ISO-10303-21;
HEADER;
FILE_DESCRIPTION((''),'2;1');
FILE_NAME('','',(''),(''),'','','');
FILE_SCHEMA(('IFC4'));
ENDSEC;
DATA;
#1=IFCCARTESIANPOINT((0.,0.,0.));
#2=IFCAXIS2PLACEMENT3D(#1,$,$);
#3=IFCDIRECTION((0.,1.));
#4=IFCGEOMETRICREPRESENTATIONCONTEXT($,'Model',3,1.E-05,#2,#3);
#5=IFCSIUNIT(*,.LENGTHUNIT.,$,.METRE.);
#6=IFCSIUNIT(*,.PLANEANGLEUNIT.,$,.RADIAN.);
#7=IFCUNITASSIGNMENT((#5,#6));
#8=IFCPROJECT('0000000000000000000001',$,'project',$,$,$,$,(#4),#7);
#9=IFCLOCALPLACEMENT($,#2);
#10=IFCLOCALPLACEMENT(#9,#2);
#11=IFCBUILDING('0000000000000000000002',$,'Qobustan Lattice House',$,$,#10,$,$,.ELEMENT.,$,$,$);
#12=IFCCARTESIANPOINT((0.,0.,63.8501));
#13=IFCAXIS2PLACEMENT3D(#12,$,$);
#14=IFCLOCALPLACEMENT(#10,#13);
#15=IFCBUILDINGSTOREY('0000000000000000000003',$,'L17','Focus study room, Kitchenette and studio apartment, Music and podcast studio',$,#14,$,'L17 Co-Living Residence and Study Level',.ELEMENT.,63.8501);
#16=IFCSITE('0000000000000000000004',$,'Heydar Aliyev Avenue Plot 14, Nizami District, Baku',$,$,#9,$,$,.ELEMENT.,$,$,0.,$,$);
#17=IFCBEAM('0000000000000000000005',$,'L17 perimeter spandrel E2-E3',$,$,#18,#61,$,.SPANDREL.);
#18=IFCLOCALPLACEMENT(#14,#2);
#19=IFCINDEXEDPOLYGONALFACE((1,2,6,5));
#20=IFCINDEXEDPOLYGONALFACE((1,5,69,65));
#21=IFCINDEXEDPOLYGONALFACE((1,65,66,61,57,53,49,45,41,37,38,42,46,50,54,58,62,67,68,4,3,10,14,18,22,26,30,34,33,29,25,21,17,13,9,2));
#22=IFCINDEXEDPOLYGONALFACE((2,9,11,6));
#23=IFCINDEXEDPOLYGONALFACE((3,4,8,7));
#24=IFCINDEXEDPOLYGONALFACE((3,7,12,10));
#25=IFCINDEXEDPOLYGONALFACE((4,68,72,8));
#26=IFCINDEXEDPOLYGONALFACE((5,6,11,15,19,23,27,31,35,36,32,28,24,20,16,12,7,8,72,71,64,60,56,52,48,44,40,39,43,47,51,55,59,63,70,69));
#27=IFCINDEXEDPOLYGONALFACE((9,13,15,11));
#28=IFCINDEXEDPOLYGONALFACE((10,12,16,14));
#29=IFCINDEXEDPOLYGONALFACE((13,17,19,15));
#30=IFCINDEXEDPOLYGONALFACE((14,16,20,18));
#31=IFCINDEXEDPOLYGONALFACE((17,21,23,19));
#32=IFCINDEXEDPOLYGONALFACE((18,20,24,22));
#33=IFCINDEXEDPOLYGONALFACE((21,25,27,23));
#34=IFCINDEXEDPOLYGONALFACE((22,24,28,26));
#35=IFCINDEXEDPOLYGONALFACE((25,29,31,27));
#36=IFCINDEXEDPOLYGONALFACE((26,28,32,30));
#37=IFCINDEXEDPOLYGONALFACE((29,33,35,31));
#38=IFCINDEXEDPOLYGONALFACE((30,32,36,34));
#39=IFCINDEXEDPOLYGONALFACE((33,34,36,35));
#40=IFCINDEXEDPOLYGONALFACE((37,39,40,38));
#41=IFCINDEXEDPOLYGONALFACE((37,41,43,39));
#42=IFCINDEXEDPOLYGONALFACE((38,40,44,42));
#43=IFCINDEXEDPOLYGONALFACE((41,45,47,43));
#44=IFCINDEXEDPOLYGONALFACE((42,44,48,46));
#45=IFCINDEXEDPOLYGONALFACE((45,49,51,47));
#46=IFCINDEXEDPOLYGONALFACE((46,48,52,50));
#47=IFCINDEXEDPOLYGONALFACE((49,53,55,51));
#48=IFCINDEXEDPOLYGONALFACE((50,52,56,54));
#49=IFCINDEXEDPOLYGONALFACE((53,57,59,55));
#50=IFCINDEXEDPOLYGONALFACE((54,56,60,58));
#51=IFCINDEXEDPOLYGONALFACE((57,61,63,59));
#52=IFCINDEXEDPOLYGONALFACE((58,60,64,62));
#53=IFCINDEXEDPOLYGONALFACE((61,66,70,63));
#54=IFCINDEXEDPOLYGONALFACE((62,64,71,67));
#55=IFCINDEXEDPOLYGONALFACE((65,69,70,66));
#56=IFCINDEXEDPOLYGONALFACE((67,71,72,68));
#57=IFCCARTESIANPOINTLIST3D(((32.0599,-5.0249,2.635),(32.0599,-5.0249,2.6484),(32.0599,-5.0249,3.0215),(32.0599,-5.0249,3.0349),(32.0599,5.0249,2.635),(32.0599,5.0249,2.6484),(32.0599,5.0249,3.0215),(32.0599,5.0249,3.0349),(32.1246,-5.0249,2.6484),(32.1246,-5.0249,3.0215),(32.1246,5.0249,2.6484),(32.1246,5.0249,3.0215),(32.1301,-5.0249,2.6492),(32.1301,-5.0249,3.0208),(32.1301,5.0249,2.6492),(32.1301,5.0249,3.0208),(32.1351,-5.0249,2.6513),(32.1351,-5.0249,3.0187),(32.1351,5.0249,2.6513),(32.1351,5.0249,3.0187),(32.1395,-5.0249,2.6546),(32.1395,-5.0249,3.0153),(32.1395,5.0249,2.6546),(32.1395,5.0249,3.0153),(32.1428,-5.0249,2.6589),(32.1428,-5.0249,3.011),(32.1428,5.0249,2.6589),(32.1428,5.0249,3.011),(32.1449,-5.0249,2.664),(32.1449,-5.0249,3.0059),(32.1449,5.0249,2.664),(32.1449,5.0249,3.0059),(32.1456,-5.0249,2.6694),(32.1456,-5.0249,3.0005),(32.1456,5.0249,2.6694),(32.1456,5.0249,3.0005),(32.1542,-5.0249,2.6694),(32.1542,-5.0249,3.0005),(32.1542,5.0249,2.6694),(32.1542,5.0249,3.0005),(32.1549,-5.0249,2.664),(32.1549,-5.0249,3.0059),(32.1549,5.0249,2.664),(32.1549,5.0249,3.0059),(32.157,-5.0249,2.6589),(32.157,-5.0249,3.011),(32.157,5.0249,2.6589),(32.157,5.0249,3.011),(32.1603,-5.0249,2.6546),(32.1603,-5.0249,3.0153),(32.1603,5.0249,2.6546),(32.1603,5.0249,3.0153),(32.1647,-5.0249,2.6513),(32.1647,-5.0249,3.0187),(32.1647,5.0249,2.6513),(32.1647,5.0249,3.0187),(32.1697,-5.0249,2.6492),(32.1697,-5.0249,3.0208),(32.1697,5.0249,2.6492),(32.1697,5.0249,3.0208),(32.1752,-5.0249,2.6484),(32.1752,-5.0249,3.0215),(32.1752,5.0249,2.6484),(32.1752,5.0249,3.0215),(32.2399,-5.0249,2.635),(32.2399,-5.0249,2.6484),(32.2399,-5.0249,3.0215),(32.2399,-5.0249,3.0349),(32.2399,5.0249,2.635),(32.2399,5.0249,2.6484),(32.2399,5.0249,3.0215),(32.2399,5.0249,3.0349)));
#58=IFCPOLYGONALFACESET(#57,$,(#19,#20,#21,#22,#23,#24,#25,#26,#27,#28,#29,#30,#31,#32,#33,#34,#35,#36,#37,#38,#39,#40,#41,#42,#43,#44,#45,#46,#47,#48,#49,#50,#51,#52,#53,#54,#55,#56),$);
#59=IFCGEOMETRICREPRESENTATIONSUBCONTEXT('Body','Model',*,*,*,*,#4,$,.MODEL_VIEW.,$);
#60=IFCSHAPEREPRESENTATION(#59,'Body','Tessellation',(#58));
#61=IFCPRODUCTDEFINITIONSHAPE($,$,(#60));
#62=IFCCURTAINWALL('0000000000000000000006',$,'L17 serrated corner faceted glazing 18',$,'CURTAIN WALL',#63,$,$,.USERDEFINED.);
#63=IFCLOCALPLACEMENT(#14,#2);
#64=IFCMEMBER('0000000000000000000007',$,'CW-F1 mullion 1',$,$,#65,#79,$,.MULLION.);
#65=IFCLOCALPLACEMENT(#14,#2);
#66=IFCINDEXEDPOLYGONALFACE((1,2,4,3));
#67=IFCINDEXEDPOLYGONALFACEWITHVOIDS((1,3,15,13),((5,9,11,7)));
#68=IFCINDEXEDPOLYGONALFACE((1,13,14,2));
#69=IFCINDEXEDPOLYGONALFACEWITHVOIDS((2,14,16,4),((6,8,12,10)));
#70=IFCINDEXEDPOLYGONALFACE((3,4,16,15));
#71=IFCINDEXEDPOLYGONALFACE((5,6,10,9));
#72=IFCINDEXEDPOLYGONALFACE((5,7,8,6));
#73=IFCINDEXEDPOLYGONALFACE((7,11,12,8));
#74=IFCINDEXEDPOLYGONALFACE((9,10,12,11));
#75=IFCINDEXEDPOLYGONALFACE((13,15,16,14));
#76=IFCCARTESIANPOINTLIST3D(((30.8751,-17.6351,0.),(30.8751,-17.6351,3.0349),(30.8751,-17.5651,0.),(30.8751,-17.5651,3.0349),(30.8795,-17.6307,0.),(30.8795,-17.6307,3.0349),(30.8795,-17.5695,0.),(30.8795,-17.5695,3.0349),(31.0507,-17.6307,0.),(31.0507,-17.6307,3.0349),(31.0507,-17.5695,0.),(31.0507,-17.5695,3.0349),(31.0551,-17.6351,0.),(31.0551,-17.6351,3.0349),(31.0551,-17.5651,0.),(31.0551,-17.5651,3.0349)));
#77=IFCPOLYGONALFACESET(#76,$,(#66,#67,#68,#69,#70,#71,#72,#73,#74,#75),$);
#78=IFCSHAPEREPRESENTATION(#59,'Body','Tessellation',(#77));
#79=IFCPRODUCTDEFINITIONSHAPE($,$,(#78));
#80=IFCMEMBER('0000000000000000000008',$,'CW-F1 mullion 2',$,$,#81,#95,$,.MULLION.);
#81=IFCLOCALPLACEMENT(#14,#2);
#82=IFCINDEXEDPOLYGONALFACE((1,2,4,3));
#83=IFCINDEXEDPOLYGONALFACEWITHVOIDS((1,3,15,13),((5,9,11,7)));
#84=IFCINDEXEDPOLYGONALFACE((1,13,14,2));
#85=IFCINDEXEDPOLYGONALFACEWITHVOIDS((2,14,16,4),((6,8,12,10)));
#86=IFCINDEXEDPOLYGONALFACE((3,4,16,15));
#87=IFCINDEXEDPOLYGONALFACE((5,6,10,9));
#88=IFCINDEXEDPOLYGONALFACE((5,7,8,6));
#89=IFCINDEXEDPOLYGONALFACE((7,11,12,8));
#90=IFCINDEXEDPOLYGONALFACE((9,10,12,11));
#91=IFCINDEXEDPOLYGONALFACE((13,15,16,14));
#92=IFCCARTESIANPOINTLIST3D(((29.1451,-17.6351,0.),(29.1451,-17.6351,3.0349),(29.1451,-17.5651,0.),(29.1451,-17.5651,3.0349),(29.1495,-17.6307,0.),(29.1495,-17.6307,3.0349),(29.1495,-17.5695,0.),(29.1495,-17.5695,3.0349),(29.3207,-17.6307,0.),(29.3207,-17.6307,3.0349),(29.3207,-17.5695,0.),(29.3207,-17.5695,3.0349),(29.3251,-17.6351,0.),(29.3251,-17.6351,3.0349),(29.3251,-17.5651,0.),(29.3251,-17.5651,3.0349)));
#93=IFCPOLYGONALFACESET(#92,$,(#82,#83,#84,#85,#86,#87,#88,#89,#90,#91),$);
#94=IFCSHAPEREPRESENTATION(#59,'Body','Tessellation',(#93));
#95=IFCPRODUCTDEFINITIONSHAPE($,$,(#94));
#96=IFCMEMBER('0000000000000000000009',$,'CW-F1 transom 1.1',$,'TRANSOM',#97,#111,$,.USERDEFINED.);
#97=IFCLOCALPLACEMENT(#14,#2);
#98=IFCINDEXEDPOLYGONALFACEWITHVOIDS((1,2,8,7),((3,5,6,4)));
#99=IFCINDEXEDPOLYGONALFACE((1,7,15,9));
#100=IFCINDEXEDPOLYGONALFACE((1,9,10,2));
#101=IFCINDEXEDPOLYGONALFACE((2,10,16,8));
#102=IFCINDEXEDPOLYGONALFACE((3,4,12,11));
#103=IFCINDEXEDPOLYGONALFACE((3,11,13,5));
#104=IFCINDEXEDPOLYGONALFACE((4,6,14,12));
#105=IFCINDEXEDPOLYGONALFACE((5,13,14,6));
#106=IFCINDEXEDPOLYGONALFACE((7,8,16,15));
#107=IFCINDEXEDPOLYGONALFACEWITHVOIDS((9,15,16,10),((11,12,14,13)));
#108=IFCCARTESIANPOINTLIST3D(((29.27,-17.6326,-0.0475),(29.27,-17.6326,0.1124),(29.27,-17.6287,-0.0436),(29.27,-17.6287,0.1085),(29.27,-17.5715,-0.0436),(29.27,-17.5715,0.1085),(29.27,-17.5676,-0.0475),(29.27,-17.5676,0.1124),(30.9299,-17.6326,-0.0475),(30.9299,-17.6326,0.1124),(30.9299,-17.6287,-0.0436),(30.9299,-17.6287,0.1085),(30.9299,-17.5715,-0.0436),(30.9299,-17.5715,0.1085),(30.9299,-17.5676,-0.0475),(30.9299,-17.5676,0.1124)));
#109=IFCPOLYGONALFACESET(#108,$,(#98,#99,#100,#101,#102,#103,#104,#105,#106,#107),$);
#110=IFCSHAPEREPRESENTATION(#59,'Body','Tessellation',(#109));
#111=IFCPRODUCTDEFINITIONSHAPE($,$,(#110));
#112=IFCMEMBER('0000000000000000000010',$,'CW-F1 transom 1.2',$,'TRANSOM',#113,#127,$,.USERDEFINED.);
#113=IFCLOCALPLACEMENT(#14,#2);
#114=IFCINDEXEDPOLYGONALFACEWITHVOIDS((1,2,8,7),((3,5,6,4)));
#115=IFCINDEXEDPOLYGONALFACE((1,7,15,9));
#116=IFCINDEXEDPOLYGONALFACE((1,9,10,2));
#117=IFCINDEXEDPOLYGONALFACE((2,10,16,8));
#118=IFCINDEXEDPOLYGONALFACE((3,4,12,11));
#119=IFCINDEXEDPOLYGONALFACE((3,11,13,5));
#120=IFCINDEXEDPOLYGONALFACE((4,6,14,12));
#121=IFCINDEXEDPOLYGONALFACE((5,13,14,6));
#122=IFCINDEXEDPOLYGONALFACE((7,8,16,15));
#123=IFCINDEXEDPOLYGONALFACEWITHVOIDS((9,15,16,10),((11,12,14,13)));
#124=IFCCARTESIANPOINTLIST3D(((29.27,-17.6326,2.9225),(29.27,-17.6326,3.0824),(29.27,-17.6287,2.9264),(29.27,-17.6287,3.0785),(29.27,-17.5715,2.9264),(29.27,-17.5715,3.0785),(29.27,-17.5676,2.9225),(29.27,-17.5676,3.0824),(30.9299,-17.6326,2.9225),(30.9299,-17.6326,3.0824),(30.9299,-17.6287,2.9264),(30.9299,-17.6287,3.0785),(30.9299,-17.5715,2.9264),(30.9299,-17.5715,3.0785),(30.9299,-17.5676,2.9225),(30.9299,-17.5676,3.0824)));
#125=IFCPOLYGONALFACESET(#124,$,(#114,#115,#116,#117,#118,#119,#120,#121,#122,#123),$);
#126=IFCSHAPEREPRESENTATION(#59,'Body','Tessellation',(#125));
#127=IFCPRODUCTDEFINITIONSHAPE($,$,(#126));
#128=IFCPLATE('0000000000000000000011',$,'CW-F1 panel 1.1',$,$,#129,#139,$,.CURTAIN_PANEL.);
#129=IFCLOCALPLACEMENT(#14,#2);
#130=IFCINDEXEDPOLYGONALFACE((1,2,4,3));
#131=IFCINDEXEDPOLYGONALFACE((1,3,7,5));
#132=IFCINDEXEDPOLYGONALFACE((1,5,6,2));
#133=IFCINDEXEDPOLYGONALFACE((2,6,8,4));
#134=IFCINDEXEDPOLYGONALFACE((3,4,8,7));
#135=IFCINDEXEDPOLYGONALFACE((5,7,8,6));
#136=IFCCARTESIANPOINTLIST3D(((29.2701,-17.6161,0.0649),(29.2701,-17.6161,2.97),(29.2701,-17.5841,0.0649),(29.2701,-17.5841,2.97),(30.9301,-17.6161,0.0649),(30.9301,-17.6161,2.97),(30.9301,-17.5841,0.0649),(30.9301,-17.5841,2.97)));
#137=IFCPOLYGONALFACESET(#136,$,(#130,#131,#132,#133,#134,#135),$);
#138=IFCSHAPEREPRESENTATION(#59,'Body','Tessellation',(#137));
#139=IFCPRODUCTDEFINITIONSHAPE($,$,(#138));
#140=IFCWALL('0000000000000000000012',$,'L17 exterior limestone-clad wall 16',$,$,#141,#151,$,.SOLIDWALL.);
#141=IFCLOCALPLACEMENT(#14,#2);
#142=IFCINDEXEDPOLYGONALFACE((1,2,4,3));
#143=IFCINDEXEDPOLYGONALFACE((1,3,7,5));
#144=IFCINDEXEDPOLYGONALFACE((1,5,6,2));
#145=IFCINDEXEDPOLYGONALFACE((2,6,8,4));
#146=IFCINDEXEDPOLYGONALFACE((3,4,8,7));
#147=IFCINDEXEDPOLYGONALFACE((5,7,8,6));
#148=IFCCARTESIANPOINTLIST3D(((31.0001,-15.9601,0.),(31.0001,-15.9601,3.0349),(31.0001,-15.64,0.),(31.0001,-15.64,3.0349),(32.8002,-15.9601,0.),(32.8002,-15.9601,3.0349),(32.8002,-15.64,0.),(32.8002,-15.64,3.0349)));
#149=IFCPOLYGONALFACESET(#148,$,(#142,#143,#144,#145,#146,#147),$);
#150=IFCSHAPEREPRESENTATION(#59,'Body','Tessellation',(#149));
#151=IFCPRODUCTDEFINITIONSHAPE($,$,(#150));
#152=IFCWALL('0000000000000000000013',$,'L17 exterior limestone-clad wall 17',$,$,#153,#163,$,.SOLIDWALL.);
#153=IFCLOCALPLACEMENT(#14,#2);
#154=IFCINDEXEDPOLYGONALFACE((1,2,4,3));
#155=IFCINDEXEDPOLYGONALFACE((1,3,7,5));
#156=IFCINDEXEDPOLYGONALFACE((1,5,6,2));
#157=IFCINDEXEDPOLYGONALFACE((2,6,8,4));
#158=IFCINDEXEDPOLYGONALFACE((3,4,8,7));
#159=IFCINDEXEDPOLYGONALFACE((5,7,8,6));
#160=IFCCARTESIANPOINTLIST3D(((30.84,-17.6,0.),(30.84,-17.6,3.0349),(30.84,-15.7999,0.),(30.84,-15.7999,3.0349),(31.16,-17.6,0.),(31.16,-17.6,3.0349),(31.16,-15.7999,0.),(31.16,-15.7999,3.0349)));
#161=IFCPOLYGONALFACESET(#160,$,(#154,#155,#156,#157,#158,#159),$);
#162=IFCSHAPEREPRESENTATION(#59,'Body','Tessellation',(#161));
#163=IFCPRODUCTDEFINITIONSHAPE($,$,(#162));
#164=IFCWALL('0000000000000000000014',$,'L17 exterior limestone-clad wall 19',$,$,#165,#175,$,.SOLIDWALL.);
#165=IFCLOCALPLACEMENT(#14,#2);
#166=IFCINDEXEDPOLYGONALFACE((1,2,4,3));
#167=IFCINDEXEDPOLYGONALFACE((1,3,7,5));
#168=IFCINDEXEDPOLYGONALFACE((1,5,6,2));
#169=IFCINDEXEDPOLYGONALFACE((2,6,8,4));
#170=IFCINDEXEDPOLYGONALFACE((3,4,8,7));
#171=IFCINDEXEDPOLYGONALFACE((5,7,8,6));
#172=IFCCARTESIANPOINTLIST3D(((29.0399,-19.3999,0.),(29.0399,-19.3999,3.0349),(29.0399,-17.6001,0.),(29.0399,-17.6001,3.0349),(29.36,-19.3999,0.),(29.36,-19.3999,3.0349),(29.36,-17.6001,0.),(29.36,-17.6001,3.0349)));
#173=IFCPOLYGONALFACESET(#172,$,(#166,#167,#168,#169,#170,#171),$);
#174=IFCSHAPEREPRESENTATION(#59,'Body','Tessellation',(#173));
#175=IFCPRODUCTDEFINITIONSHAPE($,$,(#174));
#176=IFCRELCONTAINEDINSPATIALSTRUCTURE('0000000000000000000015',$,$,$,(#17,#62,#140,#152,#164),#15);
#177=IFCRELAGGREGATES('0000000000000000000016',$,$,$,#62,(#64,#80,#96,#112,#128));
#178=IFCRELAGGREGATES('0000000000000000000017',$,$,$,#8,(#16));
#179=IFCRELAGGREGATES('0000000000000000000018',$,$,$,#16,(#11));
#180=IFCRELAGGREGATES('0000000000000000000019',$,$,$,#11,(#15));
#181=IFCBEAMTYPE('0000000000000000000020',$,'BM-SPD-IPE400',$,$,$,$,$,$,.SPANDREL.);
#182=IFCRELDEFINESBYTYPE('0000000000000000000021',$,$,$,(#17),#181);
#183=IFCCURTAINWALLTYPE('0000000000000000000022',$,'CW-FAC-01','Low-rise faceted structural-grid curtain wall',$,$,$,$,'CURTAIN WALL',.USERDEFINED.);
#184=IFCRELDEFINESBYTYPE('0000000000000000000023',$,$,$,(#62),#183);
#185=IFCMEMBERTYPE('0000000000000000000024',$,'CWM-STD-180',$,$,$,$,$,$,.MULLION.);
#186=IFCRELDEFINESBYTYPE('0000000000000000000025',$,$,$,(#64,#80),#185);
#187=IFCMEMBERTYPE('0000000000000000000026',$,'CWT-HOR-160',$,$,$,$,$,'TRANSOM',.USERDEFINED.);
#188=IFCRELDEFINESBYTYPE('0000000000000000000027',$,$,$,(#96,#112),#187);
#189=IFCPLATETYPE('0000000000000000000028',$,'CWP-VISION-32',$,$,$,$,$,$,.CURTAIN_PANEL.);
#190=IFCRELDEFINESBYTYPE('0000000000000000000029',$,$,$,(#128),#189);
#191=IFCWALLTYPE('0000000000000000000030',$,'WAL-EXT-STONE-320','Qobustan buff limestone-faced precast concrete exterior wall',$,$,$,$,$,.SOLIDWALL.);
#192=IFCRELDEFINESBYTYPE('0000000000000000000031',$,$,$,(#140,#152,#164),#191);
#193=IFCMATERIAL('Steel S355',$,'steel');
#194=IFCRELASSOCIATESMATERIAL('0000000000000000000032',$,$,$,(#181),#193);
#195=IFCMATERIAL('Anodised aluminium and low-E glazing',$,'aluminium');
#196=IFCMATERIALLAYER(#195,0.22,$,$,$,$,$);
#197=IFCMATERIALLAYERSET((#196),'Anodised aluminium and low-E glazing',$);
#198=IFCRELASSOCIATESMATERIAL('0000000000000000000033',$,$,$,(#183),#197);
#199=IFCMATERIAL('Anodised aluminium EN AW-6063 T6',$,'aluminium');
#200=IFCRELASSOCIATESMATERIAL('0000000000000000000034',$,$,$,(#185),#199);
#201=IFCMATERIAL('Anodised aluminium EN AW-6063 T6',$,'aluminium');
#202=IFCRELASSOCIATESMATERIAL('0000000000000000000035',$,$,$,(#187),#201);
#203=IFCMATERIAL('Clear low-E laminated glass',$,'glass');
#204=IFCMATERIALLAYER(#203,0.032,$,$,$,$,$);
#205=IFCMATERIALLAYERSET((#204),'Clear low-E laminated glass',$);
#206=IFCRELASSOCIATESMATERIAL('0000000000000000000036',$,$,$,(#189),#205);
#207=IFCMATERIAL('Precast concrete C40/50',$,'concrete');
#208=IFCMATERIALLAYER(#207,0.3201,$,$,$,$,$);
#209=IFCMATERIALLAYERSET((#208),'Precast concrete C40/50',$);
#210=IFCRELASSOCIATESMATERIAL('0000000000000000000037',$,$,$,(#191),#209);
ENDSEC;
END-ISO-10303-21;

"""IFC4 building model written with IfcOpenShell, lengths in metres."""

from ifc_helpers import new_model, si_unit, direction, frame, frame_2d, origin, origin_2d, place, context, subcontext, project, spatial, rectangle, hollow_rectangle, i_section, extrude, material, layer, layer_set, material_profile, profile_set, type_object, element, aggregate, save


model = new_model("IFC4")

# Units and contexts
model_context = context("Model", 3, precision=1e-05, world=origin(), true_north=direction((0.0, 1.0)))
body_context = subcontext(model_context, "Body", "Model", "MODEL_VIEW")
ifc_project = project(units=[si_unit("LENGTHUNIT", "METRE"), si_unit("PLANEANGLEUNIT", "RADIAN")], contexts=[model_context])

# Site, building, storey
site_placement = place(None, origin())
site = spatial("IfcSite", under=ifc_project, at=site_placement, Name="Heydar Aliyev Avenue Plot 14, Nizami District, Baku", CompositionType="ELEMENT", RefElevation=0.0)
building_placement = place(site_placement, origin())
building = spatial("IfcBuilding", under=site, at=building_placement, Name="Qobustan Lattice House", CompositionType="ELEMENT")
storey_placement = place(building_placement, frame((0.0, 0.0, 63.8501)))
storey = spatial("IfcBuildingStorey", under=building, at=storey_placement, Name="L17", Description="Focus study room, Kitchenette and studio apartment, Music and podcast studio", LongName="L17 Co-Living Residence and Study Level", CompositionType="ELEMENT", Elevation=63.8501)

# Beam
ifc_material_1 = material(Name="Steel S355", Category="steel")
ifc_material_profile_1 = material_profile(ifc_material_1, i_section(OverallWidth=0.1799, OverallDepth=0.3999, WebThickness=0.0085, FlangeThickness=0.0134, FilletRadius=0.021, at=origin_2d()), Name="IPE400")
ifc_profile_set_1 = profile_set([ifc_material_profile_1], Name="Steel S355")
beam_type_1 = type_object("IfcBeamType", Name="BM-SPD-IPE400", PredefinedType="SPANDREL", material=ifc_profile_set_1)
beam_1_placement = place(storey_placement, frame((32.1499, -5.0249, 2.835), z_axis=(0.0, 1.0, 0.0), x_axis=(-1.0, 0.0, 0.0)))
element("IfcBeam", 1, at=beam_1_placement, inside=storey, type_object=beam_type_1, Name="L17 perimeter spandrel E2-E3", PredefinedType="SPANDREL", context=body_context, shape_type="SweptSolid", body=[
    extrude(i_section(OverallWidth=0.1799, OverallDepth=0.3999, WebThickness=0.0085, FlangeThickness=0.0134, FilletRadius=0.021, at=origin_2d()), origin(), (0.0, 0.0, 1.0), 10.0498),
])

# Curtain wall, members, plate
ifc_material_2 = material(Name="Anodised aluminium and low-E glazing", Category="aluminium")
ifc_layer_1 = layer(ifc_material_2, 0.22)
ifc_layer_set_1 = layer_set([ifc_layer_1], Name="Anodised aluminium and low-E glazing")
curtain_wall_type = type_object("IfcCurtainWallType", Name="CW-FAC-01", Description="Low-rise faceted structural-grid curtain wall", ElementType="CURTAIN WALL", PredefinedType="USERDEFINED", material=ifc_layer_set_1)
curtain_wall_placement = place(storey_placement, origin())
curtain_wall = element("IfcCurtainWall", 2, at=curtain_wall_placement, inside=storey, type_object=curtain_wall_type, Name="L17 serrated corner faceted glazing 18", ObjectType="CURTAIN WALL", PredefinedType="USERDEFINED")
ifc_material_3 = material(Name="Anodised aluminium EN AW-6063 T6", Category="aluminium")
ifc_material_profile_2 = material_profile(ifc_material_3, hollow_rectangle(XDim=0.0701, YDim=0.1799, WallThickness=0.0044, at=origin_2d()), Name="CWM-180x70")
ifc_profile_set_2 = profile_set([ifc_material_profile_2], Name="Anodised aluminium EN AW-6063 T6")
member_type_1 = type_object("IfcMemberType", Name="CWM-STD-180", PredefinedType="MULLION", material=ifc_profile_set_2)
member_1_placement = place(storey_placement, frame((30.9651, -17.6001, 0.0), z_axis=(0.0, 0.0, 1.0), x_axis=(0.0, -1.0, 0.0)))
member_1 = element("IfcMember", 3, at=member_1_placement, type_object=member_type_1, Name="CW-F1 mullion 1", PredefinedType="MULLION", context=body_context, shape_type="SweptSolid", body=[
    extrude(hollow_rectangle(XDim=0.0701, YDim=0.1799, WallThickness=0.0044, at=origin_2d()), origin(), (0.0, 0.0, 1.0), 3.0349),
])
member_2_placement = place(storey_placement, frame((29.2351, -17.6001, 0.0), z_axis=(0.0, 0.0, 1.0), x_axis=(0.0, -1.0, 0.0)))
member_2 = element("IfcMember", 4, at=member_2_placement, type_object=member_type_1, Name="CW-F1 mullion 2", PredefinedType="MULLION", context=body_context, shape_type="SweptSolid", body=[
    extrude(hollow_rectangle(XDim=0.0701, YDim=0.1799, WallThickness=0.0044, at=origin_2d()), origin(), (0.0, 0.0, 1.0), 3.0349),
])
ifc_material_4 = material(Name="Anodised aluminium EN AW-6063 T6", Category="aluminium")
ifc_material_profile_3 = material_profile(ifc_material_4, hollow_rectangle(XDim=0.0649, YDim=0.1599, WallThickness=0.0039, at=origin_2d()), Name="CWT-160x65")
ifc_profile_set_3 = profile_set([ifc_material_profile_3], Name="Anodised aluminium EN AW-6063 T6")
member_type_2 = type_object("IfcMemberType", Name="CWT-HOR-160", ElementType="TRANSOM", PredefinedType="USERDEFINED", material=ifc_profile_set_3)
member_3_placement = place(storey_placement, frame((30.9299, -17.6001, 0.0325), z_axis=(-1.0, 0.0, 0.0), x_axis=(0.0, -1.0, 0.0)))
member_3 = element("IfcMember", 5, at=member_3_placement, type_object=member_type_2, Name="CW-F1 transom 1.1", ObjectType="TRANSOM", PredefinedType="USERDEFINED", context=body_context, shape_type="SweptSolid", body=[
    extrude(hollow_rectangle(XDim=0.0649, YDim=0.1599, WallThickness=0.0039, at=origin_2d()), origin(), (0.0, 0.0, 1.0), 1.6599),
])
member_4_placement = place(storey_placement, frame((30.9299, -17.6001, 3.0024), z_axis=(-1.0, 0.0, 0.0), x_axis=(0.0, -1.0, 0.0)))
member_4 = element("IfcMember", 6, at=member_4_placement, type_object=member_type_2, Name="CW-F1 transom 1.2", ObjectType="TRANSOM", PredefinedType="USERDEFINED", context=body_context, shape_type="SweptSolid", body=[
    extrude(hollow_rectangle(XDim=0.0649, YDim=0.1599, WallThickness=0.0039, at=origin_2d()), origin(), (0.0, 0.0, 1.0), 1.6599),
])
ifc_material_5 = material(Name="Clear low-E laminated glass", Category="glass")
ifc_layer_2 = layer(ifc_material_5, 0.032)
ifc_layer_set_2 = layer_set([ifc_layer_2], Name="Clear low-E laminated glass")
plate_type = type_object("IfcPlateType", Name="CWP-VISION-32", PredefinedType="CURTAIN_PANEL", material=ifc_layer_set_2)
plate_placement = place(storey_placement, frame((30.1001, -17.6001, 0.0649), z_axis=(0.0, 0.0, 1.0), x_axis=(-1.0, 0.0, 0.0)))
plate = element("IfcPlate", 7, at=plate_placement, type_object=plate_type, Name="CW-F1 panel 1.1", PredefinedType="CURTAIN_PANEL", context=body_context, shape_type="SweptSolid", body=[
    extrude(rectangle(XDim=1.6599, YDim=0.032, at=origin_2d()), origin(), (0.0, 0.0, 1.0), 2.905),
])
aggregate(curtain_wall, [member_1, member_2, member_3, member_4, plate])

# Walls
ifc_material_6 = material(Name="Precast concrete C40/50", Category="concrete")
ifc_layer_3 = layer(ifc_material_6, 0.3201)
ifc_layer_set_3 = layer_set([ifc_layer_3], Name="Precast concrete C40/50")
wall_type = type_object("IfcWallType", Name="WAL-EXT-STONE-320", Description="Qobustan buff limestone-faced precast concrete exterior wall", PredefinedType="SOLIDWALL", material=ifc_layer_set_3)
for number, where, z_axis, x_axis, name in (
    (8, (32.8, -15.8, 0.0), (0.0, 0.0, 1.0), (-1.0, 0.0, 0.0), "L17 exterior limestone-clad wall 16"),
    (9, (31.0, -15.8, 0.0), (0.0, 0.0, 1.0), (0.0, -1.0, 0.0), "L17 exterior limestone-clad wall 17"),
):
    element("IfcWall", number, at=place(storey_placement, frame(where, z_axis=z_axis, x_axis=x_axis)), inside=storey, type_object=wall_type, Name=name, PredefinedType="SOLIDWALL", context=body_context, shape_type="SweptSolid", body=[
        extrude(rectangle(XDim=1.8, YDim=0.3201, at=frame_2d((0.8999, 0.0))), origin(), (0.0, 0.0, 1.0), 3.0349),
    ])
wall_1_placement = place(storey_placement, frame((29.2, -17.6001, 0.0), z_axis=(0.0, 0.0, 1.0), x_axis=(0.0, -1.0, 0.0)))
element("IfcWall", 10, at=wall_1_placement, inside=storey, type_object=wall_type, Name="L17 exterior limestone-clad wall 19", PredefinedType="SOLIDWALL", context=body_context, shape_type="SweptSolid", body=[
    extrude(rectangle(XDim=1.7998, YDim=0.3201, at=frame_2d((0.8999, 0.0))), origin(), (0.0, 0.0, 1.0), 3.0349),
])

save(model, "model.ifc")
